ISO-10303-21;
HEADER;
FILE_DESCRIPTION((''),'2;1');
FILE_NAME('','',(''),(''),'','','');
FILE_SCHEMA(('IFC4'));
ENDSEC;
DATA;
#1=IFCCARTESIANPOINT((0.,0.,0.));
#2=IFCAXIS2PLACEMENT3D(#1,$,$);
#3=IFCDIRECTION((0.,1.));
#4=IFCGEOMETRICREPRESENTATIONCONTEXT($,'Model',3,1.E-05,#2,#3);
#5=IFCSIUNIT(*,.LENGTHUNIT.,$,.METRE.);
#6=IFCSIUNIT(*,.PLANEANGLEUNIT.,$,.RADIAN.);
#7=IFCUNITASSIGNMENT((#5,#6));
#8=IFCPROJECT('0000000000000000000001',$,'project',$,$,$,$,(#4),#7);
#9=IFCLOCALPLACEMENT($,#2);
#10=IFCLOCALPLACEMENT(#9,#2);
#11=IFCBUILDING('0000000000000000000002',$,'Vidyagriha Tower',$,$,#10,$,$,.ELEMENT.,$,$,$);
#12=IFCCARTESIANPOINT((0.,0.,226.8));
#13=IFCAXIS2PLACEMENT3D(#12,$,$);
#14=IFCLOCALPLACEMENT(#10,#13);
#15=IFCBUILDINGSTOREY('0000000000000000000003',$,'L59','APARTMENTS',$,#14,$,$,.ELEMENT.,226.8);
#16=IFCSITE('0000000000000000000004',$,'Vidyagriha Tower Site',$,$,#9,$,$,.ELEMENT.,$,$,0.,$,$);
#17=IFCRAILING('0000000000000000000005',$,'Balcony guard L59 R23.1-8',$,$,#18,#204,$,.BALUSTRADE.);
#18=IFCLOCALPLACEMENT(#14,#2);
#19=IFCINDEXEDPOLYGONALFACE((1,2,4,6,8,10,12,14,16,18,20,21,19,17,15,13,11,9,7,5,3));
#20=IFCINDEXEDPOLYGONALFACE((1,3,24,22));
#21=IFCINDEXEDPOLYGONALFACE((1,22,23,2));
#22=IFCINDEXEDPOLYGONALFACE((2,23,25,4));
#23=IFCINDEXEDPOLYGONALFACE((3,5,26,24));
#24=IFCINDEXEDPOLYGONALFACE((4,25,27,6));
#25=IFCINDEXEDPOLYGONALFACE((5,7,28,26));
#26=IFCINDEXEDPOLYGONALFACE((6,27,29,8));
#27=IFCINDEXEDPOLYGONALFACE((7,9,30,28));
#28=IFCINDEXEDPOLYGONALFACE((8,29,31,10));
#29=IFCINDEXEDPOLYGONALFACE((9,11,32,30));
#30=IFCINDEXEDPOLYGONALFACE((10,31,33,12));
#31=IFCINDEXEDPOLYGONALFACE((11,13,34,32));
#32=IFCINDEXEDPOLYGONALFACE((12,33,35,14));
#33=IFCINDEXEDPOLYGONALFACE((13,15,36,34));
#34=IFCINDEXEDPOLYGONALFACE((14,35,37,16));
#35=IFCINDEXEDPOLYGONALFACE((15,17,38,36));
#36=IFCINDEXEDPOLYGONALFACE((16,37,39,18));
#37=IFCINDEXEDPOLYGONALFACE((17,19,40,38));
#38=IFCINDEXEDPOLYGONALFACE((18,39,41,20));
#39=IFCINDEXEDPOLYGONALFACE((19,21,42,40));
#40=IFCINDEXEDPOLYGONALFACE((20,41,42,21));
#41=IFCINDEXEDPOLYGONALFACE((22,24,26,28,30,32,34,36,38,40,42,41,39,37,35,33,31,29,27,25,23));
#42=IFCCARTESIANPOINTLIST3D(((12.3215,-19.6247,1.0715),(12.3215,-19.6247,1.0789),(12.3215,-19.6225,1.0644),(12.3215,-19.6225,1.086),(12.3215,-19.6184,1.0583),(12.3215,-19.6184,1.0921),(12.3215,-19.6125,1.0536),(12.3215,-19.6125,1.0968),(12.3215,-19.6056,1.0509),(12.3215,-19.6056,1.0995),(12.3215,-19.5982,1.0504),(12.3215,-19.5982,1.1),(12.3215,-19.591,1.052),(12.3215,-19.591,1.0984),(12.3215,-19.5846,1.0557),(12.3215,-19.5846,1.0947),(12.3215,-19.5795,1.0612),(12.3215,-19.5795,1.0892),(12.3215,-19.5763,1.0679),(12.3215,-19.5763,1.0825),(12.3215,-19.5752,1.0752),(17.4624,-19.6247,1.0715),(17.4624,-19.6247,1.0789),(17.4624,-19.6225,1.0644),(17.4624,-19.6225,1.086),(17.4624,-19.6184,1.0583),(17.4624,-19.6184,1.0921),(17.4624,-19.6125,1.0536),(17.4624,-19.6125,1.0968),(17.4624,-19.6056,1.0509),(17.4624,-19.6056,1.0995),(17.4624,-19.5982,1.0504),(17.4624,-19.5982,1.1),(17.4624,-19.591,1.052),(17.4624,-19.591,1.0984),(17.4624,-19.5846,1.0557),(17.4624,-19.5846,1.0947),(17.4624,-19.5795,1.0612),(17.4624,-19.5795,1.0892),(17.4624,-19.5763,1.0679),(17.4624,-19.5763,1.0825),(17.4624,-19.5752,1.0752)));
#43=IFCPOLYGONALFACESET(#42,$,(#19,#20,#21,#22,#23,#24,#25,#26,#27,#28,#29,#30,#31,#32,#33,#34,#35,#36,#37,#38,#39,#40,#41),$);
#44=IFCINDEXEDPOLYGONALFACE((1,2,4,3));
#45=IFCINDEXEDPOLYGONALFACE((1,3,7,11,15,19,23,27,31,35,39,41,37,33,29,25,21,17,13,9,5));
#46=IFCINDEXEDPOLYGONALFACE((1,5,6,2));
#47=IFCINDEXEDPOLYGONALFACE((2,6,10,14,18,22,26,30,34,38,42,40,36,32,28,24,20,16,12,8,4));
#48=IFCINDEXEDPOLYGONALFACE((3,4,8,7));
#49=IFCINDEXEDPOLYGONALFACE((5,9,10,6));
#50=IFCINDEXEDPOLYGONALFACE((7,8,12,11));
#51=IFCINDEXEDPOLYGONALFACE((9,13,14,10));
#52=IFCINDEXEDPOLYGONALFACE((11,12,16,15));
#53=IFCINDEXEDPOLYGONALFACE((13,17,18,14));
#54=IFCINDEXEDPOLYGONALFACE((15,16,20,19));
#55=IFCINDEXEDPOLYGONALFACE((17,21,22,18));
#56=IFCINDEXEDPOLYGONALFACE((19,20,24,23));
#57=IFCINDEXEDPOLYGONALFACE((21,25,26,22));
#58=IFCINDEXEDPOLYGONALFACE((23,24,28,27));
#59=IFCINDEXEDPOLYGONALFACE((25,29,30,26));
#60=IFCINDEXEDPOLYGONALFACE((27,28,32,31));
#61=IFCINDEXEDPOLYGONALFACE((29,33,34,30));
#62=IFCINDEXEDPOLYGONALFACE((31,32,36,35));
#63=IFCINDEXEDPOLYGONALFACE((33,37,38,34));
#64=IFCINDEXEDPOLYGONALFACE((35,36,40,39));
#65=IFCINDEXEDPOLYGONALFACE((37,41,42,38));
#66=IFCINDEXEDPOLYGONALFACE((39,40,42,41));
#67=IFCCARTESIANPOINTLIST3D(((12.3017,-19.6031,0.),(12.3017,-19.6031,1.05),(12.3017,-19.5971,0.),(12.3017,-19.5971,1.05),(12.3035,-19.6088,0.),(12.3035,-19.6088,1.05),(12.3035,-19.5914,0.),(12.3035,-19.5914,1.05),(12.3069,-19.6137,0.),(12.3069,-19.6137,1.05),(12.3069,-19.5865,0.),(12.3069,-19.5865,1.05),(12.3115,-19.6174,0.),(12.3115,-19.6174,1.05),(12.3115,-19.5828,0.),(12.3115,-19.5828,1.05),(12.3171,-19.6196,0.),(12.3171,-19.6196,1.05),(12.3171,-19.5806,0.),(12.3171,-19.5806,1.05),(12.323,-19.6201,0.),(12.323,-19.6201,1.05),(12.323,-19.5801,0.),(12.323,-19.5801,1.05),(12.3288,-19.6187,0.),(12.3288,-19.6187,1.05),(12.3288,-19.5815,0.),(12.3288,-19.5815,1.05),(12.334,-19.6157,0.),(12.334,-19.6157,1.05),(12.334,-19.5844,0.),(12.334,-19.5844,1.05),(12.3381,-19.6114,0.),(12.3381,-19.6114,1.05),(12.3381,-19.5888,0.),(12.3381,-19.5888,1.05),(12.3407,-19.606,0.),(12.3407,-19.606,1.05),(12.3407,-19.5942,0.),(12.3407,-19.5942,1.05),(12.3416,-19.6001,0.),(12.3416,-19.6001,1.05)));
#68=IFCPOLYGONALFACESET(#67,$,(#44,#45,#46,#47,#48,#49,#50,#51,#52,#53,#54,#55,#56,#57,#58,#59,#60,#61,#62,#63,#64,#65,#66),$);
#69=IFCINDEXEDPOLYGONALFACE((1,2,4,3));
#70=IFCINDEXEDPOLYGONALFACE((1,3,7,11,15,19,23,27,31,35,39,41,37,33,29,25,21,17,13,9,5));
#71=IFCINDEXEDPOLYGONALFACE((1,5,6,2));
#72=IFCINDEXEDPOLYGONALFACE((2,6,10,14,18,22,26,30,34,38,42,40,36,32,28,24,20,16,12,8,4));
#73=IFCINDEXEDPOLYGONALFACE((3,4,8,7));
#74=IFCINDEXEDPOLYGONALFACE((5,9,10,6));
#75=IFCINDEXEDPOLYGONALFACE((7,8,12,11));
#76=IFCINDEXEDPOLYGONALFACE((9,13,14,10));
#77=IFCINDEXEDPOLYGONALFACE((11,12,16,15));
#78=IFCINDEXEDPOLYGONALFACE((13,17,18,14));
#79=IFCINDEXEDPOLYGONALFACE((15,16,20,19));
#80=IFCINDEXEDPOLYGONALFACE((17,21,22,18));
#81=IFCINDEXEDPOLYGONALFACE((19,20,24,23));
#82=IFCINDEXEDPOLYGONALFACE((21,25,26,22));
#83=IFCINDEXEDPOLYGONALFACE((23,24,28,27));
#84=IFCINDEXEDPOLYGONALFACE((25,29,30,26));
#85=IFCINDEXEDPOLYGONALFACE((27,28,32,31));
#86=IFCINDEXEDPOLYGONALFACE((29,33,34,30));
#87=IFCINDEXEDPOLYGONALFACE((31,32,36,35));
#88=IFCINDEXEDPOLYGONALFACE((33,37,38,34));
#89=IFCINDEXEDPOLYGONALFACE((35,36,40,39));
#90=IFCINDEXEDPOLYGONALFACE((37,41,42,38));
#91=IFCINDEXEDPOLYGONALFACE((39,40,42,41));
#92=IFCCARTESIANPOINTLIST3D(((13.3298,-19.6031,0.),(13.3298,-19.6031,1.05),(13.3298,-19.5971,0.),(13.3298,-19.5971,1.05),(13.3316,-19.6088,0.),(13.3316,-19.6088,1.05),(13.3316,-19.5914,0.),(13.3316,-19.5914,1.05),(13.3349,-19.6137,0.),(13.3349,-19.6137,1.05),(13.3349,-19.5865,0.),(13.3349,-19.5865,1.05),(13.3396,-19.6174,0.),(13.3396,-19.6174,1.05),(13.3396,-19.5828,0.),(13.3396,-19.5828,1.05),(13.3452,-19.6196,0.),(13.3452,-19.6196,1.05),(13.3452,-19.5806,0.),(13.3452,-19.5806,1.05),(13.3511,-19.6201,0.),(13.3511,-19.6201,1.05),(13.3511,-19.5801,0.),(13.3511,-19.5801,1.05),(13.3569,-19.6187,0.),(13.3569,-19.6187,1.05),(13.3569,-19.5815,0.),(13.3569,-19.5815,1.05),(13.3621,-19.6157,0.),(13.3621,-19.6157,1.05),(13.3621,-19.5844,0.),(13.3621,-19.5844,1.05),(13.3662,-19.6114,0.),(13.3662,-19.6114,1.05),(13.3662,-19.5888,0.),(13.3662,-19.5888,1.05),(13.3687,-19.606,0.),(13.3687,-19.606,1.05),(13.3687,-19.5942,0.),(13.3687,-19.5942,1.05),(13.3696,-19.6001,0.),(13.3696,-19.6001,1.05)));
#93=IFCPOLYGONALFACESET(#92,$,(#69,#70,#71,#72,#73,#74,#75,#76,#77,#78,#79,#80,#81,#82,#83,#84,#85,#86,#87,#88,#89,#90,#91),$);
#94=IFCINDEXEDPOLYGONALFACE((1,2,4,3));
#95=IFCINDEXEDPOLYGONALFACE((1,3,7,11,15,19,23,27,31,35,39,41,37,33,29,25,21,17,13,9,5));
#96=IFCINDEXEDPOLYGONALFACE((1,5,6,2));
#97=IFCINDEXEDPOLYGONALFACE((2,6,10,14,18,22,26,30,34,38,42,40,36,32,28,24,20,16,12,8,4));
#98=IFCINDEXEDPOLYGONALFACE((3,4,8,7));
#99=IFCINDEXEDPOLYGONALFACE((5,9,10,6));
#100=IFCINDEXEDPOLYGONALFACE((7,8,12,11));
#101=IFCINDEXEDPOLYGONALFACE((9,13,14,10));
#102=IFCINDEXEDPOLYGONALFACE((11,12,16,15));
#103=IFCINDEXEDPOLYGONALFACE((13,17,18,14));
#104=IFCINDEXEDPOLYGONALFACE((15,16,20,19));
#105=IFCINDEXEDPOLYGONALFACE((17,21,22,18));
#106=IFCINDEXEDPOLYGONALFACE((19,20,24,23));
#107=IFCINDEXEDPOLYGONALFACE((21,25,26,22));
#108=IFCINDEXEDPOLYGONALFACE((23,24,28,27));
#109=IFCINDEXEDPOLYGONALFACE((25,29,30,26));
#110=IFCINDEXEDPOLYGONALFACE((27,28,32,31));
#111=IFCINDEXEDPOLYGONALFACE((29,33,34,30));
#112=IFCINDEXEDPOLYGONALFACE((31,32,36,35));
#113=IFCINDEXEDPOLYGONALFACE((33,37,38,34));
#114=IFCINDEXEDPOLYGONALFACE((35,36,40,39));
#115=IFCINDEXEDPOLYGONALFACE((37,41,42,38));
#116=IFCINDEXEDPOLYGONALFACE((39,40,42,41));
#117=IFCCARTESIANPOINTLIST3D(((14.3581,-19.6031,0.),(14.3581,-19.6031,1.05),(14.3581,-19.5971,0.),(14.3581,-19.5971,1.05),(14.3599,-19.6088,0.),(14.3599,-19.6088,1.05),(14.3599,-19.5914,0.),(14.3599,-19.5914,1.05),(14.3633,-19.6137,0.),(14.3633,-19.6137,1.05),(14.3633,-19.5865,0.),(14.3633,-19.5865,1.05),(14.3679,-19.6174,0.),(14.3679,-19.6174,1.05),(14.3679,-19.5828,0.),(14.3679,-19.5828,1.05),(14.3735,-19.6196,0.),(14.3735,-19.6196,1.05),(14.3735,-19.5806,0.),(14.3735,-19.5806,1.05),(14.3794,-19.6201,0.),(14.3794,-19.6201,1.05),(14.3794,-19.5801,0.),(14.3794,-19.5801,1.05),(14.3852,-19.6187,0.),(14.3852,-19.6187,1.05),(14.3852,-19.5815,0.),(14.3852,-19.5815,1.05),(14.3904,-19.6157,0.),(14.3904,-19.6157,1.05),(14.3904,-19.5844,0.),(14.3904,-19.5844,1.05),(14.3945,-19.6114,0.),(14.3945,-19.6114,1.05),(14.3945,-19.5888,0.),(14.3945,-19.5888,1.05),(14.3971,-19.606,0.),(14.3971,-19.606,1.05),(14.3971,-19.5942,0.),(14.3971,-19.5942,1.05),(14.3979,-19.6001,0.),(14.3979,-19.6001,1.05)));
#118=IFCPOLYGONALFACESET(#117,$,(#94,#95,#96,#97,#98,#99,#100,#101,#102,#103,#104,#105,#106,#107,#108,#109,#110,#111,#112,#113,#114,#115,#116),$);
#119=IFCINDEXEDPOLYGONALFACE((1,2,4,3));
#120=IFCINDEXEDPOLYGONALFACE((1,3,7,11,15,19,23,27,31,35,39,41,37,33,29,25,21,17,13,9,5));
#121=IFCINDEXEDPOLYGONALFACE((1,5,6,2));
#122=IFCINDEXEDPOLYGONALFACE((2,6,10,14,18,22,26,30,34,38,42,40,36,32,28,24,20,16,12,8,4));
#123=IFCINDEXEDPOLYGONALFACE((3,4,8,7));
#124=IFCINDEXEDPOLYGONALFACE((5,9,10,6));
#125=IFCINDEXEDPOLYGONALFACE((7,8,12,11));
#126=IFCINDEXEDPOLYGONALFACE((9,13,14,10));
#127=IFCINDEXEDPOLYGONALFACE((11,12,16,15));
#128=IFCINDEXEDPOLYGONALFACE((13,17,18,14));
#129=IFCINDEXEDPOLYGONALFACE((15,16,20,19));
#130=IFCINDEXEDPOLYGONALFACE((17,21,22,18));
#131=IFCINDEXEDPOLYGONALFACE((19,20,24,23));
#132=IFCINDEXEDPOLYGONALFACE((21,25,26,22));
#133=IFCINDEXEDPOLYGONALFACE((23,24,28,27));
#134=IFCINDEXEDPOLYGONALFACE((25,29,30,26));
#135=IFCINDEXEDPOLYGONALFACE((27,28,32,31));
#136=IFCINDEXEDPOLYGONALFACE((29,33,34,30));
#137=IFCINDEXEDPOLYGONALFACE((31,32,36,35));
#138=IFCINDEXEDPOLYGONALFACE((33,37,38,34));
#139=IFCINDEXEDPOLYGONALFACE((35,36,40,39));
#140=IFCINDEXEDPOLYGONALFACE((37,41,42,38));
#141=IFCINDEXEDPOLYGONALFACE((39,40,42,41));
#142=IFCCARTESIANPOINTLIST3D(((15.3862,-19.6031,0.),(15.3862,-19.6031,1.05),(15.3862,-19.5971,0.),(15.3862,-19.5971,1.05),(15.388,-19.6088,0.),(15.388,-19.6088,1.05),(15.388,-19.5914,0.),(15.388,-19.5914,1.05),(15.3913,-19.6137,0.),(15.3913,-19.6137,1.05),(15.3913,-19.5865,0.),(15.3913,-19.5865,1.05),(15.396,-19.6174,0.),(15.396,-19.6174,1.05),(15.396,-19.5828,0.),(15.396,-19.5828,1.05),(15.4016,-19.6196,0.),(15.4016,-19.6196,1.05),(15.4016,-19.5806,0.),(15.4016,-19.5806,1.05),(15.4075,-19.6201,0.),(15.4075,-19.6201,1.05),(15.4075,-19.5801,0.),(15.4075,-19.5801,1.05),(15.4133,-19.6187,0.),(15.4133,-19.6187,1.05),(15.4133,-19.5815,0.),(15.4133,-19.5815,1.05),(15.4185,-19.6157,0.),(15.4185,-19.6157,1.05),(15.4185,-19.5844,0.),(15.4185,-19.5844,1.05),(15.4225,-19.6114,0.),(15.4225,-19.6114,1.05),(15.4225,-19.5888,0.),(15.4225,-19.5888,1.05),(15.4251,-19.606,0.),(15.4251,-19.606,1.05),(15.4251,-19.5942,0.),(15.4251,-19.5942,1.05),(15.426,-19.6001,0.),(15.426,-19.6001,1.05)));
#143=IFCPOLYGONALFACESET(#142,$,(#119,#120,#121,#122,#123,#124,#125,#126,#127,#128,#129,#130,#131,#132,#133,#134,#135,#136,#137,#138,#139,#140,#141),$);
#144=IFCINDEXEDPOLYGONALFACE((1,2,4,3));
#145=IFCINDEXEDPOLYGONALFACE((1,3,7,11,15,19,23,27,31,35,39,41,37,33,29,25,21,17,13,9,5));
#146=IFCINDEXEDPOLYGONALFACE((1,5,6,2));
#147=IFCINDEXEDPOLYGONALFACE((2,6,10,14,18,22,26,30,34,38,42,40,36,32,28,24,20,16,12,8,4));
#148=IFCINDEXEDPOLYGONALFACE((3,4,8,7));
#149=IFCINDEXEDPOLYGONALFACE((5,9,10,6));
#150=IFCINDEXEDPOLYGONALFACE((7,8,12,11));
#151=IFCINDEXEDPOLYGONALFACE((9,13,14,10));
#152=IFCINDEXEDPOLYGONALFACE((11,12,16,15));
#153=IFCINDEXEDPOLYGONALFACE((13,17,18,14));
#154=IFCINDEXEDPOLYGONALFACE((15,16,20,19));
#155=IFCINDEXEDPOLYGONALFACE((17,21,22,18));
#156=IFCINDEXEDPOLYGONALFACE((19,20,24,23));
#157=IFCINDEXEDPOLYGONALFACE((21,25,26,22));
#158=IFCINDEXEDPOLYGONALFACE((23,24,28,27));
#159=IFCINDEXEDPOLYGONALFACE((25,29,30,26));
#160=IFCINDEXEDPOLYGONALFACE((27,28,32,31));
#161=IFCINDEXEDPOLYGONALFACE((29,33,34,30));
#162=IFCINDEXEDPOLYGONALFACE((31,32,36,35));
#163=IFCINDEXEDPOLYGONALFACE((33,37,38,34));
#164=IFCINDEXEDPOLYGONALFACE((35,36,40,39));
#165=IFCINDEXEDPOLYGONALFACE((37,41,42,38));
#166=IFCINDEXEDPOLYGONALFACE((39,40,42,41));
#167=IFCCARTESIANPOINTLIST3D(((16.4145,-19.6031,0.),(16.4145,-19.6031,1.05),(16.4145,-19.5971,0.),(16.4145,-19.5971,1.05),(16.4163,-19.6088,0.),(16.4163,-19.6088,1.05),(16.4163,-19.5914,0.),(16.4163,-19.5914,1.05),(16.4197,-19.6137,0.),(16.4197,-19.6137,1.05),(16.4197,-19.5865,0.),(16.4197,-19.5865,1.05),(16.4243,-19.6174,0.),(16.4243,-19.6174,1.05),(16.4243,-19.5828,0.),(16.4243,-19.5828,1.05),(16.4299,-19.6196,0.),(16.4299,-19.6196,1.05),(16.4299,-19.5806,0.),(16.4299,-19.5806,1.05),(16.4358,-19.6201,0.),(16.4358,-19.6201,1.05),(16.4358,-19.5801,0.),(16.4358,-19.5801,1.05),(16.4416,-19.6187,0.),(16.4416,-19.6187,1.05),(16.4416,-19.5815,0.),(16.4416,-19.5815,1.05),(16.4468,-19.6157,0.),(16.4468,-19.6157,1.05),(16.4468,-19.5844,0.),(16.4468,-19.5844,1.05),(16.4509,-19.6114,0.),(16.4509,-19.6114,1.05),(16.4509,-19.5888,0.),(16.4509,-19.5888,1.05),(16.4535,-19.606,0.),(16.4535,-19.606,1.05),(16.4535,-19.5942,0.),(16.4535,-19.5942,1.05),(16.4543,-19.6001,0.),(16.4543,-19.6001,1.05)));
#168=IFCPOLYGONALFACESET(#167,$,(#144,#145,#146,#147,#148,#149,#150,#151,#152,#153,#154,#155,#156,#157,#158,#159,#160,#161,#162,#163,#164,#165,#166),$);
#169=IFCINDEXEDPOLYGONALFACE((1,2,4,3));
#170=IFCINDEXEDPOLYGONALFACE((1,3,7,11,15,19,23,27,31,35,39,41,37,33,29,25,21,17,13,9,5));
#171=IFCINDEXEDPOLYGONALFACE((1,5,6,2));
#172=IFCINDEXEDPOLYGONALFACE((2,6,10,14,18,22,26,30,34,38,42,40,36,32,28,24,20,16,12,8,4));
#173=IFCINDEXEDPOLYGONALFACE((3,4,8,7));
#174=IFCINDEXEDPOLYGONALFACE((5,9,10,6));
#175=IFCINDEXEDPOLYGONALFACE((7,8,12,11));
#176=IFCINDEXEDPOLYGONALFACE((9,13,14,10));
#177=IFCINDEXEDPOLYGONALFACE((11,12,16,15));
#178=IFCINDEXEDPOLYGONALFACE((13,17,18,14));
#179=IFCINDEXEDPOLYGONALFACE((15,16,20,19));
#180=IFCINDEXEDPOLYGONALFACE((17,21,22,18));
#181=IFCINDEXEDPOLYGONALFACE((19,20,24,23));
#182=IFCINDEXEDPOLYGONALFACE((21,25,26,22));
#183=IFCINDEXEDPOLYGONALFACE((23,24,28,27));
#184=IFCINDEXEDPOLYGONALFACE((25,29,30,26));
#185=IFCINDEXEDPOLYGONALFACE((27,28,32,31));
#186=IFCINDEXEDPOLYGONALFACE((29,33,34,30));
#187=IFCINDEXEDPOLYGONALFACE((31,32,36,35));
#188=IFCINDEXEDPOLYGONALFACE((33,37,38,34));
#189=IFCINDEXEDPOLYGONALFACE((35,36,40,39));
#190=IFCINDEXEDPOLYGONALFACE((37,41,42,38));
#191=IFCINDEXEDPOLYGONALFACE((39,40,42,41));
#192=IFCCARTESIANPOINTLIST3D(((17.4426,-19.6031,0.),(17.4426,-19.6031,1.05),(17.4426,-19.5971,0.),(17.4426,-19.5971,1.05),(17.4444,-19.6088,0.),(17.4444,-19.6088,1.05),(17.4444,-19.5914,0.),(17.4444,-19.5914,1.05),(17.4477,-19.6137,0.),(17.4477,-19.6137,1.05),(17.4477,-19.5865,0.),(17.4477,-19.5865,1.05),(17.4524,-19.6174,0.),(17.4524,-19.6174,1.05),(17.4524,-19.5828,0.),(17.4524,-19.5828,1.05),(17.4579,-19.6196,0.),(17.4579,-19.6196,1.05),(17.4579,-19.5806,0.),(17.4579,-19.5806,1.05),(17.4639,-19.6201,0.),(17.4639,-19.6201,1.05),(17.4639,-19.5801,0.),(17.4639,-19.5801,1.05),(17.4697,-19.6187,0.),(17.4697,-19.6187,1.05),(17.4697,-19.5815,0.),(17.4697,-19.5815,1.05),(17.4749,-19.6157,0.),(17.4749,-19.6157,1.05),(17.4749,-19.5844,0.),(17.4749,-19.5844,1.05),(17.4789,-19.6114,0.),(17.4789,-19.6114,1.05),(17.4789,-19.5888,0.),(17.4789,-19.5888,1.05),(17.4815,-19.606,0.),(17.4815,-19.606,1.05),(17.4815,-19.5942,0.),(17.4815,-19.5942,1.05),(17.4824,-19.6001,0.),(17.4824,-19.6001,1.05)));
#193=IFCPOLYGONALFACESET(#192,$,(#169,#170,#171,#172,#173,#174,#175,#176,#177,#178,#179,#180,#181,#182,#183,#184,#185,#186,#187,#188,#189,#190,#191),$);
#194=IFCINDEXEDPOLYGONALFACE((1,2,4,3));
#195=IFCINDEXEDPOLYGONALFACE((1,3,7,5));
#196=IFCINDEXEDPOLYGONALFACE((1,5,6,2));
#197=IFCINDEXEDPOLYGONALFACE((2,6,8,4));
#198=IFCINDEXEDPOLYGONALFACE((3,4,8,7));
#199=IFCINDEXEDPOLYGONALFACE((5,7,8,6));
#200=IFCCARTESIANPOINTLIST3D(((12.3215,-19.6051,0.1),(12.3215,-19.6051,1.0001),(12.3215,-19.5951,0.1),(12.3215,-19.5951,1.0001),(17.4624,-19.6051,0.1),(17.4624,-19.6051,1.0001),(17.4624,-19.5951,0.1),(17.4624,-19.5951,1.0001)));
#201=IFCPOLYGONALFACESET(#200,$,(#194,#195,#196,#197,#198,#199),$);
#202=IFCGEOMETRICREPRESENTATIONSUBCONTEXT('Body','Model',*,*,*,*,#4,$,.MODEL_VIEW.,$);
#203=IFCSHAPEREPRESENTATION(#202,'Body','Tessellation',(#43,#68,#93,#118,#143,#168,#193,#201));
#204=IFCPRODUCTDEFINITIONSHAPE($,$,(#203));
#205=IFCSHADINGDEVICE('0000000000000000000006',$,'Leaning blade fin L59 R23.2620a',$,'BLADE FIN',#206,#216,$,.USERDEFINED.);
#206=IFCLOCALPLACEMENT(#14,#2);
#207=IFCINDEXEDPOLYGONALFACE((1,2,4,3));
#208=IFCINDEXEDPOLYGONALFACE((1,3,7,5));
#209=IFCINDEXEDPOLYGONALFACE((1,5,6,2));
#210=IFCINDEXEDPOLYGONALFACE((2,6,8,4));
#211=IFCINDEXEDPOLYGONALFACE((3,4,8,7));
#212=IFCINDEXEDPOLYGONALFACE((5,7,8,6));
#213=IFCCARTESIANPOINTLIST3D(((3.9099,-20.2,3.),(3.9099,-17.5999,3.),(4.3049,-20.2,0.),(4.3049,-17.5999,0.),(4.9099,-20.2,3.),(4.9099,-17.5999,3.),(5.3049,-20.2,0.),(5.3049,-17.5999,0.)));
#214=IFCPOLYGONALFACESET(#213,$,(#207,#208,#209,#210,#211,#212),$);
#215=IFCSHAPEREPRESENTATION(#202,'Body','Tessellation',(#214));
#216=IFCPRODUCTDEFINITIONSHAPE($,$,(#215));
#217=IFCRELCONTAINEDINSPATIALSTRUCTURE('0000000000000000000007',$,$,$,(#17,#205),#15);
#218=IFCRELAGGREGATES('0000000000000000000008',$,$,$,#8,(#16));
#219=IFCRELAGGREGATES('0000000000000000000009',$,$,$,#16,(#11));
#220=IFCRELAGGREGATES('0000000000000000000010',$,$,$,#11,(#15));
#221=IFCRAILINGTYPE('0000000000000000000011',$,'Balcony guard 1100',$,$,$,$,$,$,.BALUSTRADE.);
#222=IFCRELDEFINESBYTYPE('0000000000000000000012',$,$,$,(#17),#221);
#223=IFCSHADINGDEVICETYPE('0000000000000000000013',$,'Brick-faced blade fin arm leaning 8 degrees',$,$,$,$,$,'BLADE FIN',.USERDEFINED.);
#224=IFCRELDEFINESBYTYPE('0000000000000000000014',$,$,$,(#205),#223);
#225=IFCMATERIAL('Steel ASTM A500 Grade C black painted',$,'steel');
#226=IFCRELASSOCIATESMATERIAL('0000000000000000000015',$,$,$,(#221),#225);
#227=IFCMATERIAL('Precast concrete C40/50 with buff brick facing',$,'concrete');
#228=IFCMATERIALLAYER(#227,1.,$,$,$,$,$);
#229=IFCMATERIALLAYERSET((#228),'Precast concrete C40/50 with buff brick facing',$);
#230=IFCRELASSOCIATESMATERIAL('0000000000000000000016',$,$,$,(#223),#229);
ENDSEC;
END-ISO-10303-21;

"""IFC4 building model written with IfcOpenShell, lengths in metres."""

from ifc_helpers import new_model, si_unit, direction, frame, origin, origin_2d, place, context, subcontext, project, spatial, polyline, rectangle, circle, outline, extrude, material, layer, layer_set, type_object, element, save


model = new_model("IFC4")

# Units and contexts
model_context = context("Model", 3, precision=1e-05, world=origin(), true_north=direction((0.0, 1.0)))
body_context = subcontext(model_context, "Body", "Model", "MODEL_VIEW")
ifc_project = project(units=[si_unit("LENGTHUNIT", "METRE"), si_unit("PLANEANGLEUNIT", "RADIAN")], contexts=[model_context])

# Site, building, storey
site_placement = place(None, origin())
site = spatial("IfcSite", under=ifc_project, at=site_placement, Name="Vidyagriha Tower Site", CompositionType="ELEMENT", RefElevation=0.0)
building_placement = place(site_placement, origin())
building = spatial("IfcBuilding", under=site, at=building_placement, Name="Vidyagriha Tower", CompositionType="ELEMENT")
storey_placement = place(building_placement, frame((0.0, 0.0, 226.8)))
storey = spatial("IfcBuildingStorey", under=building, at=storey_placement, Name="L59", Description="APARTMENTS", CompositionType="ELEMENT", Elevation=226.8)

# Railing
ifc_material_1 = material(Name="Steel ASTM A500 Grade C black painted", Category="steel")
railing_type = type_object("IfcRailingType", Name="Balcony guard 1100", PredefinedType="BALUSTRADE", material=ifc_material_1)
railing_1_placement = place(storey_placement, frame((12.3215, -19.6001, 0.0)))
element("IfcRailing", 1, at=railing_1_placement, inside=storey, type_object=railing_type, Name="Balcony guard L59 R23.1-8", PredefinedType="BALUSTRADE", context=body_context, shape_type="SweptSolid", body=[
    extrude(circle(Radius=0.0249, at=origin_2d()), frame((0.0, 0.0, 1.0752), z_axis=(1.0, 0.0, 0.0), x_axis=(0.0, 1.0, 0.0)), (0.0, 0.0, 1.0), 5.1409),
    extrude(circle(Radius=0.02, at=origin_2d()), origin(), (0.0, 0.0, 1.0), 1.05),
    extrude(circle(Radius=0.02, at=origin_2d()), frame((1.0281, 0.0, 0.0)), (0.0, 0.0, 1.0), 1.05),
    extrude(circle(Radius=0.02, at=origin_2d()), frame((2.0564, 0.0, 0.0)), (0.0, 0.0, 1.0), 1.05),
    extrude(circle(Radius=0.02, at=origin_2d()), frame((3.0845, 0.0, 0.0)), (0.0, 0.0, 1.0), 1.05),
    extrude(circle(Radius=0.02, at=origin_2d()), frame((4.1128, 0.0, 0.0)), (0.0, 0.0, 1.0), 1.05),
    extrude(circle(Radius=0.02, at=origin_2d()), frame((5.1409, 0.0, 0.0)), (0.0, 0.0, 1.0), 1.05),
    extrude(rectangle(XDim=0.01, YDim=0.9001, at=origin_2d()), frame((0.0, 0.0, 0.55), z_axis=(1.0, 0.0, 0.0), x_axis=(0.0, 1.0, 0.0)), (0.0, 0.0, 1.0), 5.1409),
])

# Shading device
ifc_material_2 = material(Name="Precast concrete C40/50 with buff brick facing", Category="concrete")
ifc_layer_1 = layer(ifc_material_2, 1.0)
ifc_layer_set_1 = layer_set([ifc_layer_1], Name="Precast concrete C40/50 with buff brick facing")
shading_device_type_1 = type_object("IfcShadingDeviceType", Name="Brick-faced blade fin arm leaning 8 degrees", ElementType="BLADE FIN", PredefinedType="USERDEFINED", material=ifc_layer_set_1)
shading_device_1_placement = place(storey_placement, frame((3.9099, -18.8999, 0.0)))
element("IfcShadingDevice", 2, at=shading_device_1_placement, inside=storey, type_object=shading_device_type_1, Name="Leaning blade fin L59 R23.2620a", ObjectType="BLADE FIN", PredefinedType="USERDEFINED", context=body_context, shape_type="SweptSolid", body=[
    extrude(outline(polyline([(0.395, 0.0), (1.395, 0.0), (1.0, 3.0), (0.0, 3.0), (0.395, 0.0)])), frame((0.0, 1.3, 0.0), z_axis=(0.0, -1.0, 0.0), x_axis=(1.0, 0.0, 0.0)), (0.0, 0.0, 1.0), 2.6001),
])

save(model, "model.ifc")
